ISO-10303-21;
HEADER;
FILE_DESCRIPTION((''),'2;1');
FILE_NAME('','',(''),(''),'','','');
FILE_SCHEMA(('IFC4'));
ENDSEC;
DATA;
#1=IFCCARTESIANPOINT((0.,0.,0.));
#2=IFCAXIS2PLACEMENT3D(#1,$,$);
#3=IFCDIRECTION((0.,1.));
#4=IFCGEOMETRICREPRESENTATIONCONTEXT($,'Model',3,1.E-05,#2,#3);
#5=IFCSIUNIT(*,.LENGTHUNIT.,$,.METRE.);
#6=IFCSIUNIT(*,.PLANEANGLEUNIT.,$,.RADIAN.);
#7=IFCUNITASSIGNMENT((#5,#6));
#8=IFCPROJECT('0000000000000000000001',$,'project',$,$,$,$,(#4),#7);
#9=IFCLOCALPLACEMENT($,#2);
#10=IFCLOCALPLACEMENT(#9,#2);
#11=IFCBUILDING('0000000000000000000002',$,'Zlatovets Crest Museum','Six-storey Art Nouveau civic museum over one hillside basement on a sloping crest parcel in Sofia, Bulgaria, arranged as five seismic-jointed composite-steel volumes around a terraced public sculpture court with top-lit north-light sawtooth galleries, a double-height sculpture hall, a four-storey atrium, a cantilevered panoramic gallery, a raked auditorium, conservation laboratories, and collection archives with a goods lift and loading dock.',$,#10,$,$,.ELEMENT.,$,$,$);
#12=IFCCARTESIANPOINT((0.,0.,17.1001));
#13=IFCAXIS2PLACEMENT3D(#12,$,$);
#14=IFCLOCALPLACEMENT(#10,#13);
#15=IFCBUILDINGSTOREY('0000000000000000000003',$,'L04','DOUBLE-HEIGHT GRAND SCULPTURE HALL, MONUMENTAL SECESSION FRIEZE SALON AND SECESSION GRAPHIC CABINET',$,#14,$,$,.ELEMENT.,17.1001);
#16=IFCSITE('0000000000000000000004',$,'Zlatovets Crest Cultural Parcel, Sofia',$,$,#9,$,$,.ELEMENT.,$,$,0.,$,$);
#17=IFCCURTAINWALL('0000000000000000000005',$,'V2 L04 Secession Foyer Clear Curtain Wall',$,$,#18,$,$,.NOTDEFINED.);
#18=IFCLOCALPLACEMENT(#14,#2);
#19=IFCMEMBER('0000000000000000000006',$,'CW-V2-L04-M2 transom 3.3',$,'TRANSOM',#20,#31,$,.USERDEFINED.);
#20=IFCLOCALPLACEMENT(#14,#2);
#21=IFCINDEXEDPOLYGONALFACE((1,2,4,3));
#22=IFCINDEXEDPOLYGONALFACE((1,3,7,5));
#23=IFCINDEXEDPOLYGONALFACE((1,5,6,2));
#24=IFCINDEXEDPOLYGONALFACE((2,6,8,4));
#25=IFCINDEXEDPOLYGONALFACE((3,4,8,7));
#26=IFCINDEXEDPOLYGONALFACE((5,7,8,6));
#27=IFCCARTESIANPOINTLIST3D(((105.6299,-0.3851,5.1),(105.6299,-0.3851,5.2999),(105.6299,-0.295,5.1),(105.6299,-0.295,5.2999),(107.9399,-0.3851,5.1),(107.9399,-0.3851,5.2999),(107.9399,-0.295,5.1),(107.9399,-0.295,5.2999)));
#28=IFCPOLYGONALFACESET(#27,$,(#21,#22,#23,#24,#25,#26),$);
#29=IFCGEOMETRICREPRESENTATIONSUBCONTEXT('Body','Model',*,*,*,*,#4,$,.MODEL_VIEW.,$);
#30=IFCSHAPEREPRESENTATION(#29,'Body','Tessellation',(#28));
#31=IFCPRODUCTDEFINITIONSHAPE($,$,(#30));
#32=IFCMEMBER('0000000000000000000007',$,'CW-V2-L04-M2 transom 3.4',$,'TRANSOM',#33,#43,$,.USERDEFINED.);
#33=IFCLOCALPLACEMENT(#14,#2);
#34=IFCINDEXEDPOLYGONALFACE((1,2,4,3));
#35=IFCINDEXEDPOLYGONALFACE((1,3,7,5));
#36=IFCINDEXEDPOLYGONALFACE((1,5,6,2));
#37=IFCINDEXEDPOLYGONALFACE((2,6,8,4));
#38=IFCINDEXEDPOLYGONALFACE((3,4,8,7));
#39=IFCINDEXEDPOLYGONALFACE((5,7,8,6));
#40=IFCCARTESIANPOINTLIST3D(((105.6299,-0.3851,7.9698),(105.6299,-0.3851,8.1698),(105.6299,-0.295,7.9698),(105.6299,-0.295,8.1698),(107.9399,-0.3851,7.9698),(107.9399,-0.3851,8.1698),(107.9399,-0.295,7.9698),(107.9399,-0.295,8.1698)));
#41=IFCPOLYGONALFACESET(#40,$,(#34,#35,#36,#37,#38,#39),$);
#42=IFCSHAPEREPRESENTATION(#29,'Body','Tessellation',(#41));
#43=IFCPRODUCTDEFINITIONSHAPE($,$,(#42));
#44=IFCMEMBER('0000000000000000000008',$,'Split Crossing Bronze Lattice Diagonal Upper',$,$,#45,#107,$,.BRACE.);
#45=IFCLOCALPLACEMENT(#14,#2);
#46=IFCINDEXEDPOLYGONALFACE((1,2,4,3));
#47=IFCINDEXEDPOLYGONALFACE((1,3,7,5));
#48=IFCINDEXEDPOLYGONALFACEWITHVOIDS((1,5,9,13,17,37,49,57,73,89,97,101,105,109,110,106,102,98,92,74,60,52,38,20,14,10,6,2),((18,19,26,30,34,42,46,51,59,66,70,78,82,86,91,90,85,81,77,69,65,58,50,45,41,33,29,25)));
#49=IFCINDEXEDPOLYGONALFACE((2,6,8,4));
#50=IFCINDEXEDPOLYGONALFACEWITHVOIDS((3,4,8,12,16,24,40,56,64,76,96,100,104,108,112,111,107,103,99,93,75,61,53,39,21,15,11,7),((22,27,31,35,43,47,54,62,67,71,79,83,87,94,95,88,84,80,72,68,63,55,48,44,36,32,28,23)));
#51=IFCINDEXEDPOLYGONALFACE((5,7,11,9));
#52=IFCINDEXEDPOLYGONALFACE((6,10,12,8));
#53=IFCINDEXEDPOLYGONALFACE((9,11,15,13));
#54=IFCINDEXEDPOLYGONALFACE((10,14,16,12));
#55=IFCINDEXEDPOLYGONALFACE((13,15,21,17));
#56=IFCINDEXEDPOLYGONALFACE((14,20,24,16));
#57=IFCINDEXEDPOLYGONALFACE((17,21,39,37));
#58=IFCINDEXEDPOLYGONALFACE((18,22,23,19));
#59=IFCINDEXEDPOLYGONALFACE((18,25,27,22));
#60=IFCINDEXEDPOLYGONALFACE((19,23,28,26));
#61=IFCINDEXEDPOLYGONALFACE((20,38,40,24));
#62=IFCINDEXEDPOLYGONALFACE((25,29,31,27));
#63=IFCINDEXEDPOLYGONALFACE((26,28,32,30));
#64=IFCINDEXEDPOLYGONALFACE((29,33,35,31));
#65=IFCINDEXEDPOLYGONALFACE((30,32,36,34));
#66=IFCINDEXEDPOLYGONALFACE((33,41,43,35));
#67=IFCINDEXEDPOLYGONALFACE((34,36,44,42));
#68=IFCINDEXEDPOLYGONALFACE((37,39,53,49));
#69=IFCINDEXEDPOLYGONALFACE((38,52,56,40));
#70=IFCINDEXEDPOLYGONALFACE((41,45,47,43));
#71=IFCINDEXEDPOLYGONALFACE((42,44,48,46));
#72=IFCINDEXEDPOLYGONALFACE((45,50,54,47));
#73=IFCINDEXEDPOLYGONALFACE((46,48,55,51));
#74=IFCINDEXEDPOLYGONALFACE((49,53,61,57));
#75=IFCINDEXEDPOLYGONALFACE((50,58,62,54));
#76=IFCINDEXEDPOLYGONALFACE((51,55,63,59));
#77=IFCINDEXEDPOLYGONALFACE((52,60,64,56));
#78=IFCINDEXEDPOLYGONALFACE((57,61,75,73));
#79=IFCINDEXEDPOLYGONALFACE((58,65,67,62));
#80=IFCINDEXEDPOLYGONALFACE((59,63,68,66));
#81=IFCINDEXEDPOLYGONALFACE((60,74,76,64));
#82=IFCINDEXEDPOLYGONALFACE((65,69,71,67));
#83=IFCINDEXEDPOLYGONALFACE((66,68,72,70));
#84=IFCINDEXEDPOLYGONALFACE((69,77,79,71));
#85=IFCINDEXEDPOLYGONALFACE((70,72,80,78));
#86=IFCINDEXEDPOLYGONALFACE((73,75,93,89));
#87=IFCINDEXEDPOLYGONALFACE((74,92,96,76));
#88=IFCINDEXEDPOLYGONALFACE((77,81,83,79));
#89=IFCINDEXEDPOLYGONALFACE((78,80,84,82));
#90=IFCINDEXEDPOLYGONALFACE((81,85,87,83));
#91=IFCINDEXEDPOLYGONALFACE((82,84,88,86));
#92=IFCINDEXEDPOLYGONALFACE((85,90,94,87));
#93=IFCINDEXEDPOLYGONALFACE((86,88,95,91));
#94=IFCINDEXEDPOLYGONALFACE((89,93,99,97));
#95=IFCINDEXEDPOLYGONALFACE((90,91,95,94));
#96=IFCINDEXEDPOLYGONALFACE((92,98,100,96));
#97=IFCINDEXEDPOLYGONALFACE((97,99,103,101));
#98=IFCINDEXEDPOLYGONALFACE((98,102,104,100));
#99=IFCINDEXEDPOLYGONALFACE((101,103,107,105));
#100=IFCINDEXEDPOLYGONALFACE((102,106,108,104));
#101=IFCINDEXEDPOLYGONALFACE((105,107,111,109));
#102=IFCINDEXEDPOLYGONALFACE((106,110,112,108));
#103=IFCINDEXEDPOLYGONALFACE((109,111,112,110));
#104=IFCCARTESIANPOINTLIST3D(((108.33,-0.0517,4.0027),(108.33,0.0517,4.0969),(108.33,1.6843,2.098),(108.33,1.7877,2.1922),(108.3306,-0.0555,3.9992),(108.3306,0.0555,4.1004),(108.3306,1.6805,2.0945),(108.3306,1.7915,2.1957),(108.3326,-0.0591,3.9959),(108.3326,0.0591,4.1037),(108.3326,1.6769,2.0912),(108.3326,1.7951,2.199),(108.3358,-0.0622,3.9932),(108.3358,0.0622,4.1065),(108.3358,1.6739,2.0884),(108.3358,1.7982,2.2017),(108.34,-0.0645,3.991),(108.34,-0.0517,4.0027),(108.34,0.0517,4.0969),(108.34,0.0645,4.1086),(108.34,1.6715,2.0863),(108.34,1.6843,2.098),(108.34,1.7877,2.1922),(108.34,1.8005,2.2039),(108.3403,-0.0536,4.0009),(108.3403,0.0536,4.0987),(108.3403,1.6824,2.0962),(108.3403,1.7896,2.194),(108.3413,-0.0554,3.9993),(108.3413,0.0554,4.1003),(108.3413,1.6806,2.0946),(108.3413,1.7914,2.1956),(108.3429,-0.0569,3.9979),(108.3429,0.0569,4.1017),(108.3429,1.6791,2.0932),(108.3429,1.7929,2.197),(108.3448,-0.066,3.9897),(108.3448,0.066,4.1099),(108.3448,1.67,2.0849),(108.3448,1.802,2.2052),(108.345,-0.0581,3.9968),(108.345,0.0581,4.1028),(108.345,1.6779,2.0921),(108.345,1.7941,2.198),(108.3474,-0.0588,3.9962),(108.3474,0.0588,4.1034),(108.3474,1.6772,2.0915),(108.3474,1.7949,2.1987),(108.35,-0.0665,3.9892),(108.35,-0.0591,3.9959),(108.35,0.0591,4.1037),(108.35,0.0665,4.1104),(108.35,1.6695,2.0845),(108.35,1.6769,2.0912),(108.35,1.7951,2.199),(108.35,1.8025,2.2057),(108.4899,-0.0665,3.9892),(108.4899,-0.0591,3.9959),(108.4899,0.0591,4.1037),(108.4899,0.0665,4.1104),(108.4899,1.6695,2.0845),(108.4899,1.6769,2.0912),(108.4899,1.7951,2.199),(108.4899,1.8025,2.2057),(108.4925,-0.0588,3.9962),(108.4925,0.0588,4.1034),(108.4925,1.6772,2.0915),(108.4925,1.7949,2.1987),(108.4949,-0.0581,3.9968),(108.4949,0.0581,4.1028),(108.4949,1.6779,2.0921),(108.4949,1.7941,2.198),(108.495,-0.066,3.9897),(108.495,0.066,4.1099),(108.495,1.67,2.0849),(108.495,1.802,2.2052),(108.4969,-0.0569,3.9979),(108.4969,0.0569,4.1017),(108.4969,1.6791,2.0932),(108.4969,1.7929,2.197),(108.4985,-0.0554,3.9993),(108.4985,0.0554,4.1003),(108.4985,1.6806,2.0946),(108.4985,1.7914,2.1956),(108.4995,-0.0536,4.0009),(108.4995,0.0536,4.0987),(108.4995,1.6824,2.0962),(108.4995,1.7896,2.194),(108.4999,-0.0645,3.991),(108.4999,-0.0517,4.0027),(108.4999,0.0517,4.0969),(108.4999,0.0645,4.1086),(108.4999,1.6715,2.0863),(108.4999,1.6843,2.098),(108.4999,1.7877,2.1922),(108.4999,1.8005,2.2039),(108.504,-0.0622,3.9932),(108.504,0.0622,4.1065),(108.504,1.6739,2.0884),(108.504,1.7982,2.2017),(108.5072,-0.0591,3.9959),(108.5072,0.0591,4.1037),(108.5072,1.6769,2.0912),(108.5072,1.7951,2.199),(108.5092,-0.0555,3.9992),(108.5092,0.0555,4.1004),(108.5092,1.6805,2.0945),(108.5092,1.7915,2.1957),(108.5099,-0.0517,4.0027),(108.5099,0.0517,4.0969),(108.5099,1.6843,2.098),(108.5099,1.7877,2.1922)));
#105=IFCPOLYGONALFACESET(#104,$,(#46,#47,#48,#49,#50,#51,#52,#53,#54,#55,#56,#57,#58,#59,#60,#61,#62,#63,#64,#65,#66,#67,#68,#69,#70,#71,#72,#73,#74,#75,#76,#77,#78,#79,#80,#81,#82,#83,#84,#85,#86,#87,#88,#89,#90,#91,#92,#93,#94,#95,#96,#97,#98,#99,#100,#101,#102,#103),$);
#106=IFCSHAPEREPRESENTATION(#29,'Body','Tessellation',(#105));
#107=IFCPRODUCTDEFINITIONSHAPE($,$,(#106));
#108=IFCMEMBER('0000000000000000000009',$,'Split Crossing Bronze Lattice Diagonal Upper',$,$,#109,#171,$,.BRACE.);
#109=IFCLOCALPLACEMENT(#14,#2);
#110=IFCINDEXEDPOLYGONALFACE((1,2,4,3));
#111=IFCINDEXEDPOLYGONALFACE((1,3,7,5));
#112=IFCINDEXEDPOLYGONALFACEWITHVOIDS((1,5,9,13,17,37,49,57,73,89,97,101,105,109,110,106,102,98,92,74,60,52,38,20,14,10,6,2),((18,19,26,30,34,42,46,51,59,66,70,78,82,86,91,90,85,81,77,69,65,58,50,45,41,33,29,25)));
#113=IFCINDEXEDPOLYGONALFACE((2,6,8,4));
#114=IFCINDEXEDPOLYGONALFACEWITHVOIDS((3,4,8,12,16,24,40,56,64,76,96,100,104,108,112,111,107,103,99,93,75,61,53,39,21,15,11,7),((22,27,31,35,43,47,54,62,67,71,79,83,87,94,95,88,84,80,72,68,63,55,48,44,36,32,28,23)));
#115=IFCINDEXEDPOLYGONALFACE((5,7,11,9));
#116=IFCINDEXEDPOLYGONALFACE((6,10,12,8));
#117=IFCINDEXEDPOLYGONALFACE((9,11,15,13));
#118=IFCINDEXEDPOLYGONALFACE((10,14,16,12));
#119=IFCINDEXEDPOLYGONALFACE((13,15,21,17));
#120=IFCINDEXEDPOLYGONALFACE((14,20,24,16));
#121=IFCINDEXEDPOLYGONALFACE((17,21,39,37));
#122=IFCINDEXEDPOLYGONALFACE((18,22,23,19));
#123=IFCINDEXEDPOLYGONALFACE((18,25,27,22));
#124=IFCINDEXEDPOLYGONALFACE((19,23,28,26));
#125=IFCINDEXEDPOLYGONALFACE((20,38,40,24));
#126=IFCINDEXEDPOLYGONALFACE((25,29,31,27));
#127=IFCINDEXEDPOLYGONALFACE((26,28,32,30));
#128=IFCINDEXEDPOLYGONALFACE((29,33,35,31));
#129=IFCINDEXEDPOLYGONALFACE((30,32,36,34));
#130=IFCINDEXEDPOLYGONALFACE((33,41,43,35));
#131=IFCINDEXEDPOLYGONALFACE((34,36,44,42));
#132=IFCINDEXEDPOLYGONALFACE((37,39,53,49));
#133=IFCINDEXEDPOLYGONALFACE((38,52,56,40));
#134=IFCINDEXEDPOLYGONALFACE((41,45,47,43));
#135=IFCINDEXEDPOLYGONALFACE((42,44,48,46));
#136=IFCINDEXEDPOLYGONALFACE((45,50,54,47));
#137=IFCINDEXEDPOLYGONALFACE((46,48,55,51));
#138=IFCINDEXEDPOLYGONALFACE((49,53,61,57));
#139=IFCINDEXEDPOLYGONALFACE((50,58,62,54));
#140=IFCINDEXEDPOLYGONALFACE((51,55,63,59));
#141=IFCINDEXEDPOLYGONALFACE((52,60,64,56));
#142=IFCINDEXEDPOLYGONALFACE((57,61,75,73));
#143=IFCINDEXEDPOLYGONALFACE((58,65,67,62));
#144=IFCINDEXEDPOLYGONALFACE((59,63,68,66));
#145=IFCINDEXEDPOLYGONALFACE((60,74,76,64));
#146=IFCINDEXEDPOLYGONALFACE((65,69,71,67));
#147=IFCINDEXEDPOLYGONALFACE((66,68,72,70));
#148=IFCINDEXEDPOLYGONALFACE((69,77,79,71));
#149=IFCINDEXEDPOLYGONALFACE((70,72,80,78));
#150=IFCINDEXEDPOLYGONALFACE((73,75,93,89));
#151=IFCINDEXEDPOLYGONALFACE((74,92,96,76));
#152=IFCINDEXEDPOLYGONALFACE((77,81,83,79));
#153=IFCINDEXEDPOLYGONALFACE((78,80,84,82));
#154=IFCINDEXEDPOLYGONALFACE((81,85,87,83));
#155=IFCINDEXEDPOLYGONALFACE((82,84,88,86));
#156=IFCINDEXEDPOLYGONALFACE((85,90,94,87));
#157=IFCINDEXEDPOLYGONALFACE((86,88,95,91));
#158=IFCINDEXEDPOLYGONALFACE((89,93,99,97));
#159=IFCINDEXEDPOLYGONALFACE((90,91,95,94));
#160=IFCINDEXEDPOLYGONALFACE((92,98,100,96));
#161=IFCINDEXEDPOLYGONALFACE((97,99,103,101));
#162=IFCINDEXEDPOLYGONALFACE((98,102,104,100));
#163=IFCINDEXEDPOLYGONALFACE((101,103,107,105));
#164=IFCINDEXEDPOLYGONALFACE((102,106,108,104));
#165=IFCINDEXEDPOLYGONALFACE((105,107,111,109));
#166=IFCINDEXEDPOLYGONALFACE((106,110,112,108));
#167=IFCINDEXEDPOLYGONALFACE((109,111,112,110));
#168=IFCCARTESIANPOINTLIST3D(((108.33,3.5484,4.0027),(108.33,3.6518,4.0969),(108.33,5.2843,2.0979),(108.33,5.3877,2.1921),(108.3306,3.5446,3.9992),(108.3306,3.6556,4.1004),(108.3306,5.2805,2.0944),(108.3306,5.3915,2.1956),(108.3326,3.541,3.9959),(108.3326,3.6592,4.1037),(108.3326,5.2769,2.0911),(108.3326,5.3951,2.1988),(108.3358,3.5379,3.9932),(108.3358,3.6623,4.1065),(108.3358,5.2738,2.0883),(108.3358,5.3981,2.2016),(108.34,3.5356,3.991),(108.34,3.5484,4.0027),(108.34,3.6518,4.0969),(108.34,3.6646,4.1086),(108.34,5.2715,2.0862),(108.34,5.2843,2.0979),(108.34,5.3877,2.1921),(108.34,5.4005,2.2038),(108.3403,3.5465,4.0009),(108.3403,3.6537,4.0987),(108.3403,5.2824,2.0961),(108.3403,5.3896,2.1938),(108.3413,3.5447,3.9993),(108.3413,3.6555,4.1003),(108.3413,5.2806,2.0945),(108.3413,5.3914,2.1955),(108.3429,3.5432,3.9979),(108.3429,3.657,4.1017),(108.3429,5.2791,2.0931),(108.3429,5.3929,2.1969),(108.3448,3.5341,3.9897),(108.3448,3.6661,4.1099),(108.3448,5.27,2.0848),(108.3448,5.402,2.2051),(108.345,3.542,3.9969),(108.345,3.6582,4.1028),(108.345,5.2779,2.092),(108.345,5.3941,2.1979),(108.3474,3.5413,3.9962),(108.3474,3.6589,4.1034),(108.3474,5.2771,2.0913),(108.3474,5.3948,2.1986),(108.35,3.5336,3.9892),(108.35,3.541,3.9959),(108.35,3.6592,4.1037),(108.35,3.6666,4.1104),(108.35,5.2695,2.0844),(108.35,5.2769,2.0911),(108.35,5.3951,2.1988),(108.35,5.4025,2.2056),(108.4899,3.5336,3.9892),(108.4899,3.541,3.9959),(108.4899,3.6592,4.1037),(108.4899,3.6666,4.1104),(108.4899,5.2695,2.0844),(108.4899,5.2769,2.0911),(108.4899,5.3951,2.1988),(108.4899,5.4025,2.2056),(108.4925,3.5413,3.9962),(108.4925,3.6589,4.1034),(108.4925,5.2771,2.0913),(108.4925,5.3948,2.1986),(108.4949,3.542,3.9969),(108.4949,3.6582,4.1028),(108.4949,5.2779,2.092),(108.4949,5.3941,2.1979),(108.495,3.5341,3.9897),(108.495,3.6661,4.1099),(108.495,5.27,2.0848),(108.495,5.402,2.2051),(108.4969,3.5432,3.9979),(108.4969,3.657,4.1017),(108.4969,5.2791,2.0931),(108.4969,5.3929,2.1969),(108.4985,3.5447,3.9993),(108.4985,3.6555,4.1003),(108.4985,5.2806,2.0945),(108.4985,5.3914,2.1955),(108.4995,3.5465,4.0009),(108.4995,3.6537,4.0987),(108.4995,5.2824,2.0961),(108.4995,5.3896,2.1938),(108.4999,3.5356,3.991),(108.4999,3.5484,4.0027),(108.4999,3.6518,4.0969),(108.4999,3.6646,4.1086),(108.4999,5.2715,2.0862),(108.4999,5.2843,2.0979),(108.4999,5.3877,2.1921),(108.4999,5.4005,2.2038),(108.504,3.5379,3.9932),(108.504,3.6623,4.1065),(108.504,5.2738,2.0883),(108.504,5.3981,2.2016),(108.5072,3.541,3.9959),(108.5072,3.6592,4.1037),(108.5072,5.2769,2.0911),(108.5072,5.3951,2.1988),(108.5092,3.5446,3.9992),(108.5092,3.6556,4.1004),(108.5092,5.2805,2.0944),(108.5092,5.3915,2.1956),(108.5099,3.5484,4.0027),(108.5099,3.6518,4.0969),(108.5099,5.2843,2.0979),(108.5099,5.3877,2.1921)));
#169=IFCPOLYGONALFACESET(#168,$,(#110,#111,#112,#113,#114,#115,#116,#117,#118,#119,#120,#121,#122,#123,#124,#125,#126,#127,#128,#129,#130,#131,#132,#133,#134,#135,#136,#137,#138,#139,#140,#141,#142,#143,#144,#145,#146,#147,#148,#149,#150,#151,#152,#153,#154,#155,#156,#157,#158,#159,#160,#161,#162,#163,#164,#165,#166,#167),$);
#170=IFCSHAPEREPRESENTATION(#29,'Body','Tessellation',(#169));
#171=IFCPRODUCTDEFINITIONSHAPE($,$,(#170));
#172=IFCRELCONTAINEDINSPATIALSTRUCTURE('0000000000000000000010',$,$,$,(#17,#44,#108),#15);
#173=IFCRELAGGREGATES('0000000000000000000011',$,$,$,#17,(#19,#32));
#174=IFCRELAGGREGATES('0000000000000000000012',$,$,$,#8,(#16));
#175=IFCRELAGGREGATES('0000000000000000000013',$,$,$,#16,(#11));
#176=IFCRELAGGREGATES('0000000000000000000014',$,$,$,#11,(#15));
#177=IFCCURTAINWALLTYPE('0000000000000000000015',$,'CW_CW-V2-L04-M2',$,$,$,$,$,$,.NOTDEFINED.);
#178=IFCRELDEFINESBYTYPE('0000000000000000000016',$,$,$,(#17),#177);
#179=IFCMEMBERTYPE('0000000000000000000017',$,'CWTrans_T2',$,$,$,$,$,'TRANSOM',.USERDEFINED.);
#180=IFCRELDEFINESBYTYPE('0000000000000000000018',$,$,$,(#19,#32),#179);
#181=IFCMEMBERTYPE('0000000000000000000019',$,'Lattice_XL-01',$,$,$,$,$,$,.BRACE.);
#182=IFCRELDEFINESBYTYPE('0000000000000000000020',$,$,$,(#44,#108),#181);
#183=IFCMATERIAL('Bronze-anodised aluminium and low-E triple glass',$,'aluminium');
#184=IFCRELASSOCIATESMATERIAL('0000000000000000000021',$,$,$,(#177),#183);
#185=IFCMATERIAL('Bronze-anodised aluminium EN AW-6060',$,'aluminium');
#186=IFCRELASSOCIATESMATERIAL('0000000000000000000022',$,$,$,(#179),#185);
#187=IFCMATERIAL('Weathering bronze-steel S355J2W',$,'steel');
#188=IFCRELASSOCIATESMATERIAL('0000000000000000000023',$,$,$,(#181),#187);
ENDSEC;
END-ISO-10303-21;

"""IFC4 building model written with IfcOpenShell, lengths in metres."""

from ifc_helpers import new_model, si_unit, direction, frame, origin, origin_2d, place, context, subcontext, project, spatial, rectangle, hollow_rectangle, extrude, material, material_profile, profile_set, type_object, element, aggregate, save


model = new_model("IFC4")

# Units and contexts
model_context = context("Model", 3, precision=1e-05, world=origin(), true_north=direction((0.0, 1.0)))
body_context = subcontext(model_context, "Body", "Model", "MODEL_VIEW")
ifc_project = project(units=[si_unit("LENGTHUNIT", "METRE"), si_unit("PLANEANGLEUNIT", "RADIAN")], contexts=[model_context])

# Site, building, storey
site_placement = place(None, origin())
site = spatial("IfcSite", under=ifc_project, at=site_placement, Name="Zlatovets Crest Cultural Parcel, Sofia", CompositionType="ELEMENT", RefElevation=0.0)
building_placement = place(site_placement, origin())
building = spatial("IfcBuilding", under=site, at=building_placement, Name="Zlatovets Crest Museum", Description="Six-storey Art Nouveau civic museum over one hillside basement on a sloping crest parcel in Sofia, Bulgaria, arranged as five seismic-jointed composite-steel volumes around a terraced public sculpture court with top-lit north-light sawtooth galleries, a double-height sculpture hall, a four-storey atrium, a cantilevered panoramic gallery, a raked auditorium, conservation laboratories, and collection archives with a goods lift and loading dock.", CompositionType="ELEMENT")
storey_placement = place(building_placement, frame((0.0, 0.0, 17.1001)))
storey = spatial("IfcBuildingStorey", under=building, at=storey_placement, Name="L04", Description="DOUBLE-HEIGHT GRAND SCULPTURE HALL, MONUMENTAL SECESSION FRIEZE SALON AND SECESSION GRAPHIC CABINET", CompositionType="ELEMENT", Elevation=17.1001)

# Curtain wall, members
ifc_material_1 = material(Name="Bronze-anodised aluminium and low-E triple glass", Category="aluminium")
curtain_wall_type = type_object("IfcCurtainWallType", Name="CW_CW-V2-L04-M2", PredefinedType="NOTDEFINED", material=ifc_material_1)
curtain_wall_placement = place(storey_placement, origin())
curtain_wall = element("IfcCurtainWall", 1, at=curtain_wall_placement, inside=storey, type_object=curtain_wall_type, Name="V2 L04 Secession Foyer Clear Curtain Wall", PredefinedType="NOTDEFINED")
ifc_material_2 = material(Name="Bronze-anodised aluminium EN AW-6060", Category="aluminium")
ifc_material_profile_1 = material_profile(ifc_material_2, rectangle(XDim=0.0901, YDim=0.2, at=origin_2d()), Name="ALU 90x200")
ifc_profile_set_1 = profile_set([ifc_material_profile_1], Name="Bronze-anodised aluminium EN AW-6060")
member_type_1 = type_object("IfcMemberType", Name="CWTrans_T2", ElementType="TRANSOM", PredefinedType="USERDEFINED", material=ifc_profile_set_1)
member_1_placement = place(storey_placement, frame((105.6299, -0.3401, 5.2), z_axis=(1.0, 0.0, 0.0), x_axis=(0.0, 1.0, 0.0)))
member_1 = element("IfcMember", 2, at=member_1_placement, type_object=member_type_1, Name="CW-V2-L04-M2 transom 3.3", ObjectType="TRANSOM", PredefinedType="USERDEFINED", context=body_context, shape_type="SweptSolid", body=[
    extrude(rectangle(XDim=0.0901, YDim=0.2, at=origin_2d()), origin(), (0.0, 0.0, 1.0), 2.3101),
])
member_2_placement = place(storey_placement, frame((105.6299, -0.3401, 8.0698), z_axis=(1.0, 0.0, 0.0), x_axis=(0.0, 1.0, 0.0)))
member_2 = element("IfcMember", 3, at=member_2_placement, type_object=member_type_1, Name="CW-V2-L04-M2 transom 3.4", ObjectType="TRANSOM", PredefinedType="USERDEFINED", context=body_context, shape_type="SweptSolid", body=[
    extrude(rectangle(XDim=0.0901, YDim=0.2, at=origin_2d()), origin(), (0.0, 0.0, 1.0), 2.3101),
])

# Members
ifc_material_3 = material(Name="Weathering bronze-steel S355J2W", Category="steel")
ifc_material_profile_2 = material_profile(ifc_material_3, hollow_rectangle(XDim=0.1799, YDim=0.1799, WallThickness=0.01, InnerFilletRadius=0.01, OuterFilletRadius=0.02, at=origin_2d()), Name="SHS 180x180x10.0")
ifc_profile_set_2 = profile_set([ifc_material_profile_2], Name="Weathering bronze-steel S355J2W")
member_type_2 = type_object("IfcMemberType", Name="Lattice_XL-01", PredefinedType="BRACE", material=ifc_profile_set_2)
for number, where, z_axis, x_axis, name in (
    (4, (108.4199, 0.0, 4.0498), (0.0, 0.67362, -0.739078), (-1.0, 0.0, 0.0), "Split Crossing Bronze Lattice Diagonal Upper"),
    (5, (108.4199, 3.6001, 4.0498), (0.0, 0.673568, -0.739125), (-1.0, 0.0, 0.0), "Split Crossing Bronze Lattice Diagonal Upper"),
):
    element("IfcMember", number, at=place(storey_placement, frame(where, z_axis=z_axis, x_axis=x_axis)), inside=storey, type_object=member_type_2, Name=name, PredefinedType="BRACE", context=body_context, shape_type="SweptSolid", body=[
        extrude(hollow_rectangle(XDim=0.1799, YDim=0.1799, WallThickness=0.01, InnerFilletRadius=0.01, OuterFilletRadius=0.02, at=origin_2d()), origin(), (0.0, 0.0, 1.0), 2.5771),
    ])

aggregate(curtain_wall, [member_1, member_2])

save(model, "model.ifc")
